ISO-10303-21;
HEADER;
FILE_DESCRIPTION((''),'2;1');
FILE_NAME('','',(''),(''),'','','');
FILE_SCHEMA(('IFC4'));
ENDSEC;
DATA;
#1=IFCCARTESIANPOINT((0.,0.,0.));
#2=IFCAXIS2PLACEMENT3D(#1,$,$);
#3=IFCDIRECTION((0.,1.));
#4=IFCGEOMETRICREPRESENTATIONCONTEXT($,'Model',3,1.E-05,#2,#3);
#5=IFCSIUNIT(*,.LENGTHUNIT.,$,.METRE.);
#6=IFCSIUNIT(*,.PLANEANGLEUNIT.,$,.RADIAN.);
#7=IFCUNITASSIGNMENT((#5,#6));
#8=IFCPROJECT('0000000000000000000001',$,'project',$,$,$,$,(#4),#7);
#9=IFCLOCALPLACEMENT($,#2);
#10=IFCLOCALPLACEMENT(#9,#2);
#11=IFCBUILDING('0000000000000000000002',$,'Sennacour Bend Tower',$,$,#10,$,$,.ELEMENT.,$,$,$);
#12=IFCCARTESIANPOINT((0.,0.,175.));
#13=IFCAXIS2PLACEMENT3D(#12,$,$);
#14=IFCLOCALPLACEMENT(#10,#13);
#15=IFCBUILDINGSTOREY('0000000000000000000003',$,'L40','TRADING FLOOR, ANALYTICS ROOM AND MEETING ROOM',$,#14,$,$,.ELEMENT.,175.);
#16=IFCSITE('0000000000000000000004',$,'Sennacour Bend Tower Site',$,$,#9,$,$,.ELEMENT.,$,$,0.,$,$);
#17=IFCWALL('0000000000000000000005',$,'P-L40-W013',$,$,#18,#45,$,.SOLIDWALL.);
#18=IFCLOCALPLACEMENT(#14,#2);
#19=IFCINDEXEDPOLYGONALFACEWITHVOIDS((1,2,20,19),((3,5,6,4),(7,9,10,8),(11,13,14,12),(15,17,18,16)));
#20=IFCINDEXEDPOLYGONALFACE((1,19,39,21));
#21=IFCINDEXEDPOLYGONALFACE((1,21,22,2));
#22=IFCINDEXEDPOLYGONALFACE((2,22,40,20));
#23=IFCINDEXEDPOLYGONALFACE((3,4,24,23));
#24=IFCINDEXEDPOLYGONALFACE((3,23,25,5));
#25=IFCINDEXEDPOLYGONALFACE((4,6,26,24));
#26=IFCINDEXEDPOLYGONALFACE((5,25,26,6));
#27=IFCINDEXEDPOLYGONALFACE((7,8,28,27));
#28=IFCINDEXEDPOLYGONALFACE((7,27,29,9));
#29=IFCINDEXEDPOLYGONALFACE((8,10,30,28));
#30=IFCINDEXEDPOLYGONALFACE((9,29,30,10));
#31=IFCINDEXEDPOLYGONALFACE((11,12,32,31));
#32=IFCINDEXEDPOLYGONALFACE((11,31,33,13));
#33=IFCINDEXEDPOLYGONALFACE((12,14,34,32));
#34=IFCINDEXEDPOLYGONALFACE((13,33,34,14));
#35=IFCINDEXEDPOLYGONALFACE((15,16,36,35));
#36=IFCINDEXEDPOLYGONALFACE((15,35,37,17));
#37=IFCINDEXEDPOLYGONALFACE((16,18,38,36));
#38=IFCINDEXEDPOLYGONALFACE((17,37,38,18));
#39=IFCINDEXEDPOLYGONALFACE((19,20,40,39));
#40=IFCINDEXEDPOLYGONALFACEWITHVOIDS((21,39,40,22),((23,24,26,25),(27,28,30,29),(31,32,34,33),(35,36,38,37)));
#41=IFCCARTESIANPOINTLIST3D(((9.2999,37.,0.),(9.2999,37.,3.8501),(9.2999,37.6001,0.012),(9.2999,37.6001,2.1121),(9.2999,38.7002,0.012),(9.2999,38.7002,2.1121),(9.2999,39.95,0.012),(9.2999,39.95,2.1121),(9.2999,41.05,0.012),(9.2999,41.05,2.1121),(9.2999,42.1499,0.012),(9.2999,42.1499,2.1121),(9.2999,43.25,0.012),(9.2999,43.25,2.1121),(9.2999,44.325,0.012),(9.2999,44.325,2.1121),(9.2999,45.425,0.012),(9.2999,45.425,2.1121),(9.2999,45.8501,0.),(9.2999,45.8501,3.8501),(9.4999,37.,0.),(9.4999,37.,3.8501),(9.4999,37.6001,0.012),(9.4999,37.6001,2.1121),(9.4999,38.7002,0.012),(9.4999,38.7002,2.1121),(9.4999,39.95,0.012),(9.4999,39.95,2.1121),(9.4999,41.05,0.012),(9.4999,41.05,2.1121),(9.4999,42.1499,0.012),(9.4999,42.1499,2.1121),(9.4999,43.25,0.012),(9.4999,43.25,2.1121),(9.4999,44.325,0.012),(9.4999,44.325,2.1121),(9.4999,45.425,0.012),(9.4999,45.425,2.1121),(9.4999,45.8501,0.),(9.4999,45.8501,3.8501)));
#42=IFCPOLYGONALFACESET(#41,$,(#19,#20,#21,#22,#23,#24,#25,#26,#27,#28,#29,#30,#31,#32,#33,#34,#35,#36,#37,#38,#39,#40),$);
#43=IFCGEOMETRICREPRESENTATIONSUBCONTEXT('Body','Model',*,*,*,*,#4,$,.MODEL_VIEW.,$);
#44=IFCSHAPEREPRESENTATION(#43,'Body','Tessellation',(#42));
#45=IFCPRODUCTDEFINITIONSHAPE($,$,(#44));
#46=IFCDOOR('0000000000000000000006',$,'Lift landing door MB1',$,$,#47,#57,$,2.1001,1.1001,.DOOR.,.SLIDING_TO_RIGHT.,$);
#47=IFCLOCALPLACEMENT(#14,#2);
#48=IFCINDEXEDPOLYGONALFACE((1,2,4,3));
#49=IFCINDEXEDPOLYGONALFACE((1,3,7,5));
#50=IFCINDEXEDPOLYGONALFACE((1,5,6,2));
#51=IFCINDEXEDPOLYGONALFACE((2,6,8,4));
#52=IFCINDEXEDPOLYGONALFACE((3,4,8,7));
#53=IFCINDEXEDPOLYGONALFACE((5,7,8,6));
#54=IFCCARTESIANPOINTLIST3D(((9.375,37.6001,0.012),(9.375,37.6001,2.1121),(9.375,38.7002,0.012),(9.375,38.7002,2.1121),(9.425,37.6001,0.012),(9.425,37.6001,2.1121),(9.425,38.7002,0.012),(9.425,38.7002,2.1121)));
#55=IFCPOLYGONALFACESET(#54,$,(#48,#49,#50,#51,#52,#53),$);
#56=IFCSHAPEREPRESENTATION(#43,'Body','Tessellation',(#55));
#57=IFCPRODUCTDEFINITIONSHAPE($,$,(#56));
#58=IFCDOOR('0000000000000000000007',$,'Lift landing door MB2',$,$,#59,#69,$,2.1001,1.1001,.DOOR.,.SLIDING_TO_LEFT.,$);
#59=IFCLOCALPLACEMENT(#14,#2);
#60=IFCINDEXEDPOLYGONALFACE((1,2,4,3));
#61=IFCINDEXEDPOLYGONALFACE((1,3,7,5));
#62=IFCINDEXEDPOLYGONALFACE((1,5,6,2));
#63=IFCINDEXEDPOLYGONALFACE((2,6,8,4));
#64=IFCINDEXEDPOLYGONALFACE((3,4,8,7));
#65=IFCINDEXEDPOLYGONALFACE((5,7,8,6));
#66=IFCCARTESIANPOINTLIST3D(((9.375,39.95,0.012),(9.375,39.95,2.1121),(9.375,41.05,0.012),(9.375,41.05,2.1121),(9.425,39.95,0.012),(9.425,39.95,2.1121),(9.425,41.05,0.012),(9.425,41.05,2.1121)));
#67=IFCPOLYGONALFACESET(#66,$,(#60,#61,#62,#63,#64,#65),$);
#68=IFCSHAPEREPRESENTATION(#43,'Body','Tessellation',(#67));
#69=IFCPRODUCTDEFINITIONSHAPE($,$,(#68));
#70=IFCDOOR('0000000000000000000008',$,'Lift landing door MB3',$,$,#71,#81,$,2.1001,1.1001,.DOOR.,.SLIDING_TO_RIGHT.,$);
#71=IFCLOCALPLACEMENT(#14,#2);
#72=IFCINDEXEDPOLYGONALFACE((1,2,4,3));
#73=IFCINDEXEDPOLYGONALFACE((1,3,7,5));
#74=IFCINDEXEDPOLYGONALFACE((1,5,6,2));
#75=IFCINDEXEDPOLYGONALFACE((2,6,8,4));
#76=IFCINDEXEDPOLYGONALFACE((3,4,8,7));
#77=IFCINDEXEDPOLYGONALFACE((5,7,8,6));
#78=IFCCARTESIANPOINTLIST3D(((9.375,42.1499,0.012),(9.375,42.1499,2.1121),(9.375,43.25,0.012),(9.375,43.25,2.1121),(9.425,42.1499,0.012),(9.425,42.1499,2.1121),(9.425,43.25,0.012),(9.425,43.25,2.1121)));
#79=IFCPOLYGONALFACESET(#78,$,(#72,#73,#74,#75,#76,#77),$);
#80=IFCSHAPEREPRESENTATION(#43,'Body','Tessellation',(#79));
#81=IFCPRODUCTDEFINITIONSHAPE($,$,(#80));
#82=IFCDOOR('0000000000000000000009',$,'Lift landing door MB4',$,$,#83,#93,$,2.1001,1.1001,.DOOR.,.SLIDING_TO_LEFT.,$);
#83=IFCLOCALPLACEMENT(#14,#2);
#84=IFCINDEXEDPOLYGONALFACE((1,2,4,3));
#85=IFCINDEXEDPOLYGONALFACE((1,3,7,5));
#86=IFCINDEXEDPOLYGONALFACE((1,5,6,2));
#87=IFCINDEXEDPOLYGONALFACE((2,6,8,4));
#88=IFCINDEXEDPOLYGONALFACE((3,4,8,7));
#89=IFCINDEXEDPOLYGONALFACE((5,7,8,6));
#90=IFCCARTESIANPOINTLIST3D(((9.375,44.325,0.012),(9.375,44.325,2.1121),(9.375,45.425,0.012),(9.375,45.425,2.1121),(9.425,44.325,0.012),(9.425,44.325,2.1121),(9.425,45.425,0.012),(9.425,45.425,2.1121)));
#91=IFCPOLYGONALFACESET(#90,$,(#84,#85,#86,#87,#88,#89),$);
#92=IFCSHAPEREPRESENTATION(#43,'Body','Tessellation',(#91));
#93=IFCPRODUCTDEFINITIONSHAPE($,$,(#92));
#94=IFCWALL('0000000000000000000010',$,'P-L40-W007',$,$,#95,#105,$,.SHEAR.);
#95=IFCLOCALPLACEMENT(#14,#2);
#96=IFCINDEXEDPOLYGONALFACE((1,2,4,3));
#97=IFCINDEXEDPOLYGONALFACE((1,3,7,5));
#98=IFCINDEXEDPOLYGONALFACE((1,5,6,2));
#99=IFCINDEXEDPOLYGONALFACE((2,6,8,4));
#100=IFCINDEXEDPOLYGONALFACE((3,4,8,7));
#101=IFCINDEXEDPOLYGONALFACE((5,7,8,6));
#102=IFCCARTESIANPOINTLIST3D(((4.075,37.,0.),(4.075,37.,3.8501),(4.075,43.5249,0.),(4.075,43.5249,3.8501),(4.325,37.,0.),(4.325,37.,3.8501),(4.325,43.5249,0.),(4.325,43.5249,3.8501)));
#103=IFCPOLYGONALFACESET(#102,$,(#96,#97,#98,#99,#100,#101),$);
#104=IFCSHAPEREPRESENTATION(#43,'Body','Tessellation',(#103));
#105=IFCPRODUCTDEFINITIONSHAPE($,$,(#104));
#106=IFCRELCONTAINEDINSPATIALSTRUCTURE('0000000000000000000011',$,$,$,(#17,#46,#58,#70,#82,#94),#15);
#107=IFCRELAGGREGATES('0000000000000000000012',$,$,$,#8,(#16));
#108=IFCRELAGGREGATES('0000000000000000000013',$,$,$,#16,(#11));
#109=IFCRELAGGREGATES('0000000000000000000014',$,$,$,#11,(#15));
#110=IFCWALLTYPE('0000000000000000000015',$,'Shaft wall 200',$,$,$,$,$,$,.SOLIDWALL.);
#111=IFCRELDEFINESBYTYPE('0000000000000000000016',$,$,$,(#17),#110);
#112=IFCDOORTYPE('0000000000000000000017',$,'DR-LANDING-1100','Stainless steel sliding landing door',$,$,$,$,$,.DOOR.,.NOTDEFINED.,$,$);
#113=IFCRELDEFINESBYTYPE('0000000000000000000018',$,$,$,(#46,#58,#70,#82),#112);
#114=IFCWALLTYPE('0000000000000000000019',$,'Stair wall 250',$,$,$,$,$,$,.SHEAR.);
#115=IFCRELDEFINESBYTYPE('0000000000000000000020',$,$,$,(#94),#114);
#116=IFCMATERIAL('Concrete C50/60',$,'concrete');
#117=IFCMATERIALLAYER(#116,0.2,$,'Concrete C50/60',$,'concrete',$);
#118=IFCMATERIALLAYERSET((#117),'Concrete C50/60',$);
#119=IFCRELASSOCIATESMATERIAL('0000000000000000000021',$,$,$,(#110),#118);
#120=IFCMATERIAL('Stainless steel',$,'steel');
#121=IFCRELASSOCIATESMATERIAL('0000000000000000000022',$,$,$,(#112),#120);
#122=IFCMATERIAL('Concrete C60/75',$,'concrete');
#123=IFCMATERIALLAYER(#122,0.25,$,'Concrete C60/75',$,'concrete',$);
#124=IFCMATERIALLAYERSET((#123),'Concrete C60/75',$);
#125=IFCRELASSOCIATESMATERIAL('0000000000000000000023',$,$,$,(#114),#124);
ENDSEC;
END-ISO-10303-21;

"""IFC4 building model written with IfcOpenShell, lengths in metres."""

from ifc_helpers import new_model, si_unit, direction, frame, frame_2d, origin, place, context, subcontext, project, spatial, rectangle, extrude, material, layer, layer_set, type_object, element, fill, save


model = new_model("IFC4")

# Units and contexts
model_context = context("Model", 3, precision=1e-05, world=origin(), true_north=direction((0.0, 1.0)))
body_context = subcontext(model_context, "Body", "Model", "MODEL_VIEW")
ifc_project = project(units=[si_unit("LENGTHUNIT", "METRE"), si_unit("PLANEANGLEUNIT", "RADIAN")], contexts=[model_context])

# Site, building, storey
site_placement = place(None, origin())
site = spatial("IfcSite", under=ifc_project, at=site_placement, Name="Sennacour Bend Tower Site", CompositionType="ELEMENT", RefElevation=0.0)
building_placement = place(site_placement, origin())
building = spatial("IfcBuilding", under=site, at=building_placement, Name="Sennacour Bend Tower", CompositionType="ELEMENT")
storey_placement = place(building_placement, frame((0.0, 0.0, 175.0)))
storey = spatial("IfcBuildingStorey", under=building, at=storey_placement, Name="L40", Description="TRADING FLOOR, ANALYTICS ROOM AND MEETING ROOM", CompositionType="ELEMENT", Elevation=175.0)

# Wall, openings, doors
ifc_material_1 = material(Name="Concrete C50/60", Category="concrete")
ifc_layer_1 = layer(ifc_material_1, 0.2, Name="Concrete C50/60", Category="concrete")
ifc_layer_set_1 = layer_set([ifc_layer_1], Name="Concrete C50/60")
wall_type_1 = type_object("IfcWallType", Name="Shaft wall 200", PredefinedType="SOLIDWALL", material=ifc_layer_set_1)
wall_1_placement = place(storey_placement, frame((9.3999, 37.0, 0.0), z_axis=(0.0, 0.0, 1.0), x_axis=(0.0, 1.0, 0.0)))
wall_1 = element("IfcWall", 1, at=wall_1_placement, inside=storey, type_object=wall_type_1, Name="P-L40-W013", PredefinedType="SOLIDWALL", context=body_context, shape_type="SweptSolid", body=[
    extrude(rectangle(XDim=8.8501, YDim=0.2, at=frame_2d((4.425, 0.0))), origin(), (0.0, 0.0, 1.0), 3.8501),
])
opening_1_placement = place(wall_1_placement, frame((0.6001, 0.0, 0.012)))
opening_1 = element("IfcOpeningElement", 2, at=opening_1_placement, cuts=wall_1, PredefinedType="OPENING", context=body_context, shape_type="SweptSolid", body=[
    extrude(rectangle(XDim=1.1001, YDim=2.1001, at=frame_2d((0.55, 1.05))), frame((0.0, 0.1099, 0.0), z_axis=(0.0, -1.0, 0.0), x_axis=(1.0, 0.0, 0.0)), (0.0, 0.0, 1.0), 0.22),
])
opening_2_placement = place(wall_1_placement, frame((2.95, 0.0, 0.012)))
opening_2 = element("IfcOpeningElement", 3, at=opening_2_placement, cuts=wall_1, PredefinedType="OPENING", context=body_context, shape_type="SweptSolid", body=[
    extrude(rectangle(XDim=1.1001, YDim=2.1001, at=frame_2d((0.55, 1.05))), frame((0.0, 0.1099, 0.0), z_axis=(0.0, -1.0, 0.0), x_axis=(1.0, 0.0, 0.0)), (0.0, 0.0, 1.0), 0.22),
])
opening_3_placement = place(wall_1_placement, frame((5.1499, 0.0, 0.012)))
opening_3 = element("IfcOpeningElement", 4, at=opening_3_placement, cuts=wall_1, PredefinedType="OPENING", context=body_context, shape_type="SweptSolid", body=[
    extrude(rectangle(XDim=1.1001, YDim=2.1001, at=frame_2d((0.55, 1.05))), frame((0.0, 0.1099, 0.0), z_axis=(0.0, -1.0, 0.0), x_axis=(1.0, 0.0, 0.0)), (0.0, 0.0, 1.0), 0.22),
])
opening_4_placement = place(wall_1_placement, frame((7.325, 0.0, 0.012)))
opening_4 = element("IfcOpeningElement", 5, at=opening_4_placement, cuts=wall_1, PredefinedType="OPENING", context=body_context, shape_type="SweptSolid", body=[
    extrude(rectangle(XDim=1.1001, YDim=2.1001, at=frame_2d((0.55, 1.05))), frame((0.0, 0.1099, 0.0), z_axis=(0.0, -1.0, 0.0), x_axis=(1.0, 0.0, 0.0)), (0.0, 0.0, 1.0), 0.22),
])
ifc_material_2 = material(Name="Stainless steel", Category="steel")
door_type_1 = type_object("IfcDoorType", Name="DR-LANDING-1100", Description="Stainless steel sliding landing door", OperationType="NOTDEFINED", PredefinedType="DOOR", material=ifc_material_2)
door_1_placement = place(opening_1_placement, origin())
door_1 = element("IfcDoor", 6, at=door_1_placement, inside=storey, type_object=door_type_1, Name="Lift landing door MB1", OperationType="SLIDING_TO_RIGHT", OverallHeight=2.1001, OverallWidth=1.1001, PredefinedType="DOOR", context=body_context, shape_type="SweptSolid", body=[
    extrude(rectangle(XDim=1.1001, YDim=2.1001, at=frame_2d((0.55, 1.05))), frame((0.0, 0.0249, 0.0), z_axis=(0.0, -1.0, 0.0), x_axis=(1.0, 0.0, 0.0)), (0.0, 0.0, 1.0), 0.05),
])
fill(opening_1, door_1)
door_2_placement = place(opening_2_placement, origin())
door_2 = element("IfcDoor", 7, at=door_2_placement, inside=storey, type_object=door_type_1, Name="Lift landing door MB2", OperationType="SLIDING_TO_LEFT", OverallHeight=2.1001, OverallWidth=1.1001, PredefinedType="DOOR", context=body_context, shape_type="SweptSolid", body=[
    extrude(rectangle(XDim=1.1001, YDim=2.1001, at=frame_2d((0.55, 1.05))), frame((0.0, 0.0249, 0.0), z_axis=(0.0, -1.0, 0.0), x_axis=(1.0, 0.0, 0.0)), (0.0, 0.0, 1.0), 0.05),
])
fill(opening_2, door_2)
door_3_placement = place(opening_3_placement, origin())
door_3 = element("IfcDoor", 8, at=door_3_placement, inside=storey, type_object=door_type_1, Name="Lift landing door MB3", OperationType="SLIDING_TO_RIGHT", OverallHeight=2.1001, OverallWidth=1.1001, PredefinedType="DOOR", context=body_context, shape_type="SweptSolid", body=[
    extrude(rectangle(XDim=1.1001, YDim=2.1001, at=frame_2d((0.55, 1.05))), frame((0.0, 0.0249, 0.0), z_axis=(0.0, -1.0, 0.0), x_axis=(1.0, 0.0, 0.0)), (0.0, 0.0, 1.0), 0.05),
])
fill(opening_3, door_3)
door_4_placement = place(opening_4_placement, origin())
door_4 = element("IfcDoor", 9, at=door_4_placement, inside=storey, type_object=door_type_1, Name="Lift landing door MB4", OperationType="SLIDING_TO_LEFT", OverallHeight=2.1001, OverallWidth=1.1001, PredefinedType="DOOR", context=body_context, shape_type="SweptSolid", body=[
    extrude(rectangle(XDim=1.1001, YDim=2.1001, at=frame_2d((0.55, 1.05))), frame((0.0, 0.0249, 0.0), z_axis=(0.0, -1.0, 0.0), x_axis=(1.0, 0.0, 0.0)), (0.0, 0.0, 1.0), 0.05),
])
fill(opening_4, door_4)

# Wall
ifc_material_3 = material(Name="Concrete C60/75", Category="concrete")
ifc_layer_2 = layer(ifc_material_3, 0.25, Name="Concrete C60/75", Category="concrete")
ifc_layer_set_2 = layer_set([ifc_layer_2], Name="Concrete C60/75")
wall_type_2 = type_object("IfcWallType", Name="Stair wall 250", PredefinedType="SHEAR", material=ifc_layer_set_2)
wall_2_placement = place(storey_placement, frame((4.2, 37.0, 0.0), z_axis=(0.0, 0.0, 1.0), x_axis=(0.0, 1.0, 0.0)))
element("IfcWall", 10, at=wall_2_placement, inside=storey, type_object=wall_type_2, Name="P-L40-W007", PredefinedType="SHEAR", context=body_context, shape_type="SweptSolid", body=[
    extrude(rectangle(XDim=6.5249, YDim=0.25, at=frame_2d((3.2625, 0.0))), origin(), (0.0, 0.0, 1.0), 3.8501),
])

save(model, "model.ifc")
